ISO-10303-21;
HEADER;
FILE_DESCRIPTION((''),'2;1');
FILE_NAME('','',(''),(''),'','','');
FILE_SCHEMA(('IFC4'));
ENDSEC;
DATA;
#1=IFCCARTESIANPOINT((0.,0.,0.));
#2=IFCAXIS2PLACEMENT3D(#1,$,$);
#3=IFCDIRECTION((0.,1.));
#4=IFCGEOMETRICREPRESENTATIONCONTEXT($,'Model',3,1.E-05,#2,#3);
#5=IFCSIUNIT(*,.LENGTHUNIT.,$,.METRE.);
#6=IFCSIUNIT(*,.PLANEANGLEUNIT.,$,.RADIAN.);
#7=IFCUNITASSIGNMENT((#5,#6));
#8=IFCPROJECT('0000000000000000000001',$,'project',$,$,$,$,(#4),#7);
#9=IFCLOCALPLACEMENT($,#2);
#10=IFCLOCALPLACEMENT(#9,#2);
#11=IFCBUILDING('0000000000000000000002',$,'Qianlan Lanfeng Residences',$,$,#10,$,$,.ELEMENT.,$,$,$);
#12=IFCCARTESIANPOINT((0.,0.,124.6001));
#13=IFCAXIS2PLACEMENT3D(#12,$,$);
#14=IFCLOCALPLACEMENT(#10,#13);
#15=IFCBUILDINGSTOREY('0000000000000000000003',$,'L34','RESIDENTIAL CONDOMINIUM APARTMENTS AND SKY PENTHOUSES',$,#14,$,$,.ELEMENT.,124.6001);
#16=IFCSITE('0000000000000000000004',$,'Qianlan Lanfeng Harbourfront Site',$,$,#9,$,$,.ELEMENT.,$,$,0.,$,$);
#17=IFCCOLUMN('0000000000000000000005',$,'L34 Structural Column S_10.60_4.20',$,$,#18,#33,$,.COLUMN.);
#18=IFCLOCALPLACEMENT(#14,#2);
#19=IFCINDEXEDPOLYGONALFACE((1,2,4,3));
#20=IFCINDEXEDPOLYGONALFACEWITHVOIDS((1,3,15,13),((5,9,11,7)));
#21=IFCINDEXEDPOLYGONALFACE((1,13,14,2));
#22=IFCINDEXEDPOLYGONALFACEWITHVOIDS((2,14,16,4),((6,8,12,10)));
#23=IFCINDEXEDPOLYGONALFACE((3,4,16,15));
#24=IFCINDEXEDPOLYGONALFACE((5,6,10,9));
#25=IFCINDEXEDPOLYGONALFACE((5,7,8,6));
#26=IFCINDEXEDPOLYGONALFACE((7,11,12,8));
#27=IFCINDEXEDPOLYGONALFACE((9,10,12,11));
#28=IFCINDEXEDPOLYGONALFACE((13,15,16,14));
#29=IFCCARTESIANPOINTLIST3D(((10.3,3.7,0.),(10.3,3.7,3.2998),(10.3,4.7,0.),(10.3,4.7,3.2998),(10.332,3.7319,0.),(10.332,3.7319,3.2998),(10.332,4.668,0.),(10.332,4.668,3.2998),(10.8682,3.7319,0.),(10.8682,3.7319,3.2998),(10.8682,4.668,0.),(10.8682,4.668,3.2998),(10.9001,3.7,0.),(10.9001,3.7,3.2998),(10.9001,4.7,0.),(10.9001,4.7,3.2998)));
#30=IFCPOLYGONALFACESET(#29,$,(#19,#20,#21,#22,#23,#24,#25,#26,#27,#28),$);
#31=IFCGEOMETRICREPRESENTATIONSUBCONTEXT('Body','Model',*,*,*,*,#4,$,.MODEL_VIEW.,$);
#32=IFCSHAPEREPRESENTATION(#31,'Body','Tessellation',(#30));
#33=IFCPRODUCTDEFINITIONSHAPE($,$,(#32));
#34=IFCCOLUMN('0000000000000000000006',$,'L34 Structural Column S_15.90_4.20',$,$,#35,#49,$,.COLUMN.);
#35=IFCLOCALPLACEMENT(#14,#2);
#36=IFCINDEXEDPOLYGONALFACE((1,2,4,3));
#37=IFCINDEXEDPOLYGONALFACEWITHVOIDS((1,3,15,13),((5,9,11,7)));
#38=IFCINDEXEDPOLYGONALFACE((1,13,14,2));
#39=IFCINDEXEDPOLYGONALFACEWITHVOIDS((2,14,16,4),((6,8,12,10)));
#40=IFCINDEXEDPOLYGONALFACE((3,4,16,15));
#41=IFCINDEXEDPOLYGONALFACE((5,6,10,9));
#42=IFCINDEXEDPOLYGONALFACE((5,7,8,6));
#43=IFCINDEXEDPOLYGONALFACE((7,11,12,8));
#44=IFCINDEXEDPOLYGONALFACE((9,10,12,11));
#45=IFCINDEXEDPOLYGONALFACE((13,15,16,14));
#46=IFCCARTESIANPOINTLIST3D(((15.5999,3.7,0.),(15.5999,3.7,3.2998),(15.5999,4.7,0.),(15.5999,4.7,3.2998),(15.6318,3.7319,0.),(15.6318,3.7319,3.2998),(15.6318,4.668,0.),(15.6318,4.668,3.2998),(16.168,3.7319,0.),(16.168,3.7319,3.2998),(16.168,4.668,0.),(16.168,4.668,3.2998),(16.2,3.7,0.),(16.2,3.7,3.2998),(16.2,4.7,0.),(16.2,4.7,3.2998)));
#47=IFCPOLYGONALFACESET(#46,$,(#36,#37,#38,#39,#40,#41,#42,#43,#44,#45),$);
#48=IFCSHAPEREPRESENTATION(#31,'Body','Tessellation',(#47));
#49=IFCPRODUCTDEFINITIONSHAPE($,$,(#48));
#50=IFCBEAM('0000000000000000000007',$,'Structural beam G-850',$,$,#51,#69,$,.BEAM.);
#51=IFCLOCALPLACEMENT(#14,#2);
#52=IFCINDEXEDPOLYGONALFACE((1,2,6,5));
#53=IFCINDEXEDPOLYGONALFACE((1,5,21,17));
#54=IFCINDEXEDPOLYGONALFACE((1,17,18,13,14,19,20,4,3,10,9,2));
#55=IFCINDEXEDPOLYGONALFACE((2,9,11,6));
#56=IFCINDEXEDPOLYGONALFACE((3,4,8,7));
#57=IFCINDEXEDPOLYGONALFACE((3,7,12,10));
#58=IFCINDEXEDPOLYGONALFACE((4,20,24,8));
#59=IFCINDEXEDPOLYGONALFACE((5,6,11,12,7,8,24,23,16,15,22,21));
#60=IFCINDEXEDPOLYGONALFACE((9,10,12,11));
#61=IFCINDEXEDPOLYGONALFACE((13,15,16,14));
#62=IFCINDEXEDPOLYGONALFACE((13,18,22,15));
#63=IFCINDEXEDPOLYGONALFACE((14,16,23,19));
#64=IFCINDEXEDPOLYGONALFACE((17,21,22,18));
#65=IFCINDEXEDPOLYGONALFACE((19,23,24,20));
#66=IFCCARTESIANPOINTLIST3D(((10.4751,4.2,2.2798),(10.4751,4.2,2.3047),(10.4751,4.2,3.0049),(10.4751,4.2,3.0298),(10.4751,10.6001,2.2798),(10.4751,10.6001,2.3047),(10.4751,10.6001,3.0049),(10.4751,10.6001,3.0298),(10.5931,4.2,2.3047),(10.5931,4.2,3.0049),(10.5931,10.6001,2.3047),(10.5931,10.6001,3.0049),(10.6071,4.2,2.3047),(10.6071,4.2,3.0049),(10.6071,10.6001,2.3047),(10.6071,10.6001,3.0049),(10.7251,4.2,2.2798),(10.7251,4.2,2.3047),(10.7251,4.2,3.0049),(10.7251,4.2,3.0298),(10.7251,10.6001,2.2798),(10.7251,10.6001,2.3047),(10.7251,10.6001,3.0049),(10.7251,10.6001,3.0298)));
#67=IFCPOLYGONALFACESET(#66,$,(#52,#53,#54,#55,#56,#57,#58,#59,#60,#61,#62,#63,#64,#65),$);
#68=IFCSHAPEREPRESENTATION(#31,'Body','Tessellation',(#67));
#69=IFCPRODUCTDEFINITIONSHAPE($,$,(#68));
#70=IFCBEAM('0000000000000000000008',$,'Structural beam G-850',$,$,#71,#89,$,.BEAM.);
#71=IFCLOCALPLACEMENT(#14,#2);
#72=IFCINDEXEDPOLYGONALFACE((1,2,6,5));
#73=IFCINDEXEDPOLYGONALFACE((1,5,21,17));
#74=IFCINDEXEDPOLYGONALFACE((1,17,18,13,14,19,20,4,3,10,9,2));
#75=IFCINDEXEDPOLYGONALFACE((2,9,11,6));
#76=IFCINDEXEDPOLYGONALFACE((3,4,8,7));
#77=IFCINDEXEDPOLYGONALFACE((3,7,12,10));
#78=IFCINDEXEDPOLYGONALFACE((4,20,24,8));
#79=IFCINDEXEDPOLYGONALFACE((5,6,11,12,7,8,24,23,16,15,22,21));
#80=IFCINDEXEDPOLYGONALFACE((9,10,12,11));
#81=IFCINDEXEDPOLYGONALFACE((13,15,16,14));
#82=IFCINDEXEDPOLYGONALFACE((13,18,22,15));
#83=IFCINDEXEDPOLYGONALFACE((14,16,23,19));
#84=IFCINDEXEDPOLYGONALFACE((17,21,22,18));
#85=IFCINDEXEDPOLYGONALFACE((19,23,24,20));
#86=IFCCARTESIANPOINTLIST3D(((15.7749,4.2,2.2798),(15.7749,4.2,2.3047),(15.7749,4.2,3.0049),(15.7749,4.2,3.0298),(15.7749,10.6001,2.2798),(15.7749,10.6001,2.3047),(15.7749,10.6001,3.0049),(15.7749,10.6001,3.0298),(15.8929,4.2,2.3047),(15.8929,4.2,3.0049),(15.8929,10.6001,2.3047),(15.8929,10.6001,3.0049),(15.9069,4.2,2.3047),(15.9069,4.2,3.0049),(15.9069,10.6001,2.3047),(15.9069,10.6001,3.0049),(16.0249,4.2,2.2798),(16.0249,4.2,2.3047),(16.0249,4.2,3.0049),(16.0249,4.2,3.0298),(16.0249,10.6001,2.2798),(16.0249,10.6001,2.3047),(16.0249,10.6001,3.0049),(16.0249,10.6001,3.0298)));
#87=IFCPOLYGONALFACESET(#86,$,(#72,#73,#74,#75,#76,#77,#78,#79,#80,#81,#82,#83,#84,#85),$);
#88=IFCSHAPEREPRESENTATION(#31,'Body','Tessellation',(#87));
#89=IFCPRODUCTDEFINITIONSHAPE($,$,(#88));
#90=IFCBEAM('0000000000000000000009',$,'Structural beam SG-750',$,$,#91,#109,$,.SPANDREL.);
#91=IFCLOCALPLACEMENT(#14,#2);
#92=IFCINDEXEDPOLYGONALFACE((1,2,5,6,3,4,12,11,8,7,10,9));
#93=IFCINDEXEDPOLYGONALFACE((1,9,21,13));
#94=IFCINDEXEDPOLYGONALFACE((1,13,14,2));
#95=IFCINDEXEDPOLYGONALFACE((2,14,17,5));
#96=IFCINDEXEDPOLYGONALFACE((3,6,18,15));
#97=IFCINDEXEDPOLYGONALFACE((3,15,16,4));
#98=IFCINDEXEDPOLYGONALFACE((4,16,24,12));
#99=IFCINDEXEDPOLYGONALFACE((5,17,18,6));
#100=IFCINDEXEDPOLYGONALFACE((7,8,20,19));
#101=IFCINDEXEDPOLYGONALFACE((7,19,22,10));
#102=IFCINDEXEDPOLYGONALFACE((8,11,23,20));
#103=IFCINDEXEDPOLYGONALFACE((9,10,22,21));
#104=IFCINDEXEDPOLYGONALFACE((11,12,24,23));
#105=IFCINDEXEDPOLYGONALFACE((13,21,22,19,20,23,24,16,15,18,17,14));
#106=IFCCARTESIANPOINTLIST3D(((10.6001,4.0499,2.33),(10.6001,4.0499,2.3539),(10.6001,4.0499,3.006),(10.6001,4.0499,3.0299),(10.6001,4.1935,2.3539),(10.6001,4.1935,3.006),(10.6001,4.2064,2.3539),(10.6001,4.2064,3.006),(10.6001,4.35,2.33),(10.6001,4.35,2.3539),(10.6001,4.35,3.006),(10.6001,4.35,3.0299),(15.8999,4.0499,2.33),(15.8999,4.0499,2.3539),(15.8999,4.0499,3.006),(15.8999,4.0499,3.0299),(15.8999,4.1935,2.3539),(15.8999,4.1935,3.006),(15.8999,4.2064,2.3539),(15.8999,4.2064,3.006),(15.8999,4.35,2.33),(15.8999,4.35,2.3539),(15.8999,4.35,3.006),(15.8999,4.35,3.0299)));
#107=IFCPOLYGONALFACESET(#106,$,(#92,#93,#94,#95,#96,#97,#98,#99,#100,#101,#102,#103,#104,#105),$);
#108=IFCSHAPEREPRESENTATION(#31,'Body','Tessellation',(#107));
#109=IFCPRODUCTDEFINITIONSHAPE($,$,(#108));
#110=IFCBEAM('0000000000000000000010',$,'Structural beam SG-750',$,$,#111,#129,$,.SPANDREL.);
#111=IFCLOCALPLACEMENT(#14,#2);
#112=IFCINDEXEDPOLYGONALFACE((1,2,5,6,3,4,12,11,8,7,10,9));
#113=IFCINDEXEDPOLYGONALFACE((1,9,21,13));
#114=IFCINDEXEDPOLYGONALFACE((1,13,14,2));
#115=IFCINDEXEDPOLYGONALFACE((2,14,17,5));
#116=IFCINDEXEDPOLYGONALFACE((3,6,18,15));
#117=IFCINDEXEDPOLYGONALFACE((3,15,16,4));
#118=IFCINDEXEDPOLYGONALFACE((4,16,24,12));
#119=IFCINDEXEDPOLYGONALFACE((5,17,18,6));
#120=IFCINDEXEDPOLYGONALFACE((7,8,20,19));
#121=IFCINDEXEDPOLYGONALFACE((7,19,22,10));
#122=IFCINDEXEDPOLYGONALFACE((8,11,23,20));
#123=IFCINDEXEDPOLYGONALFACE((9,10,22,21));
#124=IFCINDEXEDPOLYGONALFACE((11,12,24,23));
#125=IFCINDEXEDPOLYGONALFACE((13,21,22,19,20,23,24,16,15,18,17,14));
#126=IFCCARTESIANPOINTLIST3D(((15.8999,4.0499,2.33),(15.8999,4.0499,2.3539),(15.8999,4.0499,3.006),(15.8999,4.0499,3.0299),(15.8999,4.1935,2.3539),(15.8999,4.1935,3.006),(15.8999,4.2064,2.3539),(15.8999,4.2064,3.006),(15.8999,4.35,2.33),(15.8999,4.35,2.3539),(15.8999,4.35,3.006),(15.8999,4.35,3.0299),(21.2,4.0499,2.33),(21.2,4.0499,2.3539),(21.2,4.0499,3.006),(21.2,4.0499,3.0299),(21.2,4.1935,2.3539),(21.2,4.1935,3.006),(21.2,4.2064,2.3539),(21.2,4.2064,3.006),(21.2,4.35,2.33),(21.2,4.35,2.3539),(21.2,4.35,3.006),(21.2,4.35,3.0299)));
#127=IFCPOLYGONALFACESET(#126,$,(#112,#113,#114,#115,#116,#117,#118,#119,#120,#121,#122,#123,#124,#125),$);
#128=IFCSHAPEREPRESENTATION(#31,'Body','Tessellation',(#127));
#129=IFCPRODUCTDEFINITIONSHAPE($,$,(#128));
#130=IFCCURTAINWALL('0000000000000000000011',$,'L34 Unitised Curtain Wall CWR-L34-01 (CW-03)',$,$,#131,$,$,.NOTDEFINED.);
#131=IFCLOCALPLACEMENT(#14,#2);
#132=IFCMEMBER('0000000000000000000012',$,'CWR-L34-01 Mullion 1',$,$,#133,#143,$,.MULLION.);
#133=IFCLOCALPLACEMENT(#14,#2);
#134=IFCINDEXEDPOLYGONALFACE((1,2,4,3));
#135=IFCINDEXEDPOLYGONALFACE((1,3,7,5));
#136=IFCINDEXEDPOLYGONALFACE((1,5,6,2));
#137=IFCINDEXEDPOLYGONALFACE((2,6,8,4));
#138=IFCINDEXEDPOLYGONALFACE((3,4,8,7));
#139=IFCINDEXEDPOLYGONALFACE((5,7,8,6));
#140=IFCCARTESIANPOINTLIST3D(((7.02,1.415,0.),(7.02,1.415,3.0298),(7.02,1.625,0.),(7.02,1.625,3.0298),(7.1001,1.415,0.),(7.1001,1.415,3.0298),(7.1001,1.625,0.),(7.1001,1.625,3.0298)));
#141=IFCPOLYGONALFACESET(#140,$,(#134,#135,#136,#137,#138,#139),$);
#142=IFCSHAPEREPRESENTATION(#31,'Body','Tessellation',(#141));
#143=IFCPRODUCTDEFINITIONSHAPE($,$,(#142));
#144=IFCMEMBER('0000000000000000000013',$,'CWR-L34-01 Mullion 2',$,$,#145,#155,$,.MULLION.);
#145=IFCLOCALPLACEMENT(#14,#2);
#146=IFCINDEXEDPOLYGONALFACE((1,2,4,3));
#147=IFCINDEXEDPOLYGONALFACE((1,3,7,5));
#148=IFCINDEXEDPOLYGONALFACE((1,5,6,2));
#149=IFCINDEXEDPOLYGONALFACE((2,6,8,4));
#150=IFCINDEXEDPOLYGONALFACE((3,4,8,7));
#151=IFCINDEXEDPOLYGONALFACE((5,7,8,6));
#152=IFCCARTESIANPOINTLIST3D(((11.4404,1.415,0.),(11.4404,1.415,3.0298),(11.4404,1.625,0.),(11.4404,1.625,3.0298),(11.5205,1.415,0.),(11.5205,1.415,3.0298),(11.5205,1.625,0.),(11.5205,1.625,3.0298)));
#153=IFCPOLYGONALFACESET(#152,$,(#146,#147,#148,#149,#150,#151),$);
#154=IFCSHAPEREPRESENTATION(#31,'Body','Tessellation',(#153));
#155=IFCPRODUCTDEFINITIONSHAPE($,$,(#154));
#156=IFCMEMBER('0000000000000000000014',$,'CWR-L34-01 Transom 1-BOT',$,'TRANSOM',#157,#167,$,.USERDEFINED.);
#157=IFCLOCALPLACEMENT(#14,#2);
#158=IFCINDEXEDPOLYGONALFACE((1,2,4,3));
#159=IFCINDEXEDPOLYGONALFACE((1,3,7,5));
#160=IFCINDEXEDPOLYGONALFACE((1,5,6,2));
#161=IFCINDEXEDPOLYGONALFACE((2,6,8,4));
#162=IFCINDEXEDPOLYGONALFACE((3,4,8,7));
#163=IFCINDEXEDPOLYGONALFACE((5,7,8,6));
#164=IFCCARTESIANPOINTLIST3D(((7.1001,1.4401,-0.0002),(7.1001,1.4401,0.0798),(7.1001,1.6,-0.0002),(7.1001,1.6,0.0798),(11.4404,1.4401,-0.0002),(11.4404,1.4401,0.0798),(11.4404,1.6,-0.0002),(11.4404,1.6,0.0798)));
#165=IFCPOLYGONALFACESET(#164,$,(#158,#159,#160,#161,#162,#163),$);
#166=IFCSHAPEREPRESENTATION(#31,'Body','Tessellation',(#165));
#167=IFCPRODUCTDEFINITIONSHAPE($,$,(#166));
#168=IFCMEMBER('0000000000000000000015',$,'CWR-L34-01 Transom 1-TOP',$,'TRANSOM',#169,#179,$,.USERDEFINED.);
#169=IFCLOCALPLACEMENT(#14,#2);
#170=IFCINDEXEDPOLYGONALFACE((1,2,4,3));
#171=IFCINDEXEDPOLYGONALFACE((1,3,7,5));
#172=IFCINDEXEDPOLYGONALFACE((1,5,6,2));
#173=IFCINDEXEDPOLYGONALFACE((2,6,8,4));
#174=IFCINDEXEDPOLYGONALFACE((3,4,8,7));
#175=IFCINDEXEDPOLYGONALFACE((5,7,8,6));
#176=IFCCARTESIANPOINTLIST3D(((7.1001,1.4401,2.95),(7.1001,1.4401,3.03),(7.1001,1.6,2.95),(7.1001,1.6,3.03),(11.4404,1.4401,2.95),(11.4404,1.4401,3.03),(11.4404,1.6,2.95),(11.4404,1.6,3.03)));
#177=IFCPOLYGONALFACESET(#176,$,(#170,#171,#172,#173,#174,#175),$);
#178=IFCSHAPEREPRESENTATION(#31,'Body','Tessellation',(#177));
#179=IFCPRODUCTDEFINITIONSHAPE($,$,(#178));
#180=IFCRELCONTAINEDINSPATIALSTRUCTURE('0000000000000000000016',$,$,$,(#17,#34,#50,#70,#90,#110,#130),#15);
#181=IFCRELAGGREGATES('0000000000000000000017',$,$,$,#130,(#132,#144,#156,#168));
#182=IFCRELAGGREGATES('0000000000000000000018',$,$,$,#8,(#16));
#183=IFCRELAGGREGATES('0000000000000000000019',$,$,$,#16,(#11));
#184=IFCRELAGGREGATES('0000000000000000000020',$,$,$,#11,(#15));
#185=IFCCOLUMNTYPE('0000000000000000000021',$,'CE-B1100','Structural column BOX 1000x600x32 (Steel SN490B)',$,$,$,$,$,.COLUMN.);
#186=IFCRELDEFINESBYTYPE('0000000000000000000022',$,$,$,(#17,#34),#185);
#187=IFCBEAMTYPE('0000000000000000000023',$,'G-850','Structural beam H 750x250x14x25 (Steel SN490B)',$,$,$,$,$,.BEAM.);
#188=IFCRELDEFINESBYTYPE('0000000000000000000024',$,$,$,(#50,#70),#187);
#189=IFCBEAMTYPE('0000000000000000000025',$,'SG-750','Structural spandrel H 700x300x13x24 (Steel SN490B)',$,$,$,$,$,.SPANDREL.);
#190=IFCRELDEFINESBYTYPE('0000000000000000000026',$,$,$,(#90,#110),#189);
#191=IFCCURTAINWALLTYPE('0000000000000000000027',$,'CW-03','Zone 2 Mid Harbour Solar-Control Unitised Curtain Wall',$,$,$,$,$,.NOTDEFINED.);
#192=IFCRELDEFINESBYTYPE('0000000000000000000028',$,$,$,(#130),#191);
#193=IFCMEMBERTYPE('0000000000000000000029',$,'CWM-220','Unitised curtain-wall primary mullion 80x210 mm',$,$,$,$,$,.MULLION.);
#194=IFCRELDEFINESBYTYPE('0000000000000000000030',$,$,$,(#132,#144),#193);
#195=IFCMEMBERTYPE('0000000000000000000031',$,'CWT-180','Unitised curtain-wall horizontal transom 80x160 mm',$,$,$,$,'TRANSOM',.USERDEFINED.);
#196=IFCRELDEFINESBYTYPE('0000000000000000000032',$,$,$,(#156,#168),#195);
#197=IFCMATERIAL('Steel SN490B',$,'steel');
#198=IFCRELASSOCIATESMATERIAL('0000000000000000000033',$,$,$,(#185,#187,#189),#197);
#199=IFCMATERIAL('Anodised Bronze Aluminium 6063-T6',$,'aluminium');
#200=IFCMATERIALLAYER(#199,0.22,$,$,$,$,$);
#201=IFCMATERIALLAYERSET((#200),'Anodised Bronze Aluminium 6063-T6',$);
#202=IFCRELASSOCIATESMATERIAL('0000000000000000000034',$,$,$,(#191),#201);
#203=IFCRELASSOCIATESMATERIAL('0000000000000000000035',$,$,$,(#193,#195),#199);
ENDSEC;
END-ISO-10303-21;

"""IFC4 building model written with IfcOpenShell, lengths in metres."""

from ifc_helpers import new_model, si_unit, direction, frame, origin, origin_2d, place, context, subcontext, project, spatial, rectangle, hollow_rectangle, i_section, extrude, source, transform, mapped, material, layer, layer_set, material_profile, profile_set, type_object, element, aggregate, save


model = new_model("IFC4")

# Units and contexts
model_context = context("Model", 3, precision=1e-05, world=origin(), true_north=direction((0.0, 1.0)))
body_context = subcontext(model_context, "Body", "Model", "MODEL_VIEW")
ifc_project = project(units=[si_unit("LENGTHUNIT", "METRE"), si_unit("PLANEANGLEUNIT", "RADIAN")], contexts=[model_context])

# Site, building, storey
site_placement = place(None, origin())
site = spatial("IfcSite", under=ifc_project, at=site_placement, Name="Qianlan Lanfeng Harbourfront Site", CompositionType="ELEMENT", RefElevation=0.0)
building_placement = place(site_placement, origin())
building = spatial("IfcBuilding", under=site, at=building_placement, Name="Qianlan Lanfeng Residences", CompositionType="ELEMENT")
storey_placement = place(building_placement, frame((0.0, 0.0, 124.6001)))
storey = spatial("IfcBuildingStorey", under=building, at=storey_placement, Name="L34", Description="RESIDENTIAL CONDOMINIUM APARTMENTS AND SKY PENTHOUSES", CompositionType="ELEMENT", Elevation=124.6001)

# Columns
ifc_material_1 = material(Name="Steel SN490B", Category="steel")
ifc_material_profile_1 = material_profile(ifc_material_1, hollow_rectangle(XDim=0.6001, YDim=1.0, WallThickness=0.032, at=origin_2d()), Name="BOX 1000x600x32")
ifc_profile_set_1 = profile_set([ifc_material_profile_1], Name="Steel SN490B")
column_type = type_object("IfcColumnType", Name="CE-B1100", Description="Structural column BOX 1000x600x32 (Steel SN490B)", PredefinedType="COLUMN", material=ifc_profile_set_1)
for number, where, z_axis, x_axis, name in (
    (1, (10.6001, 4.2, 0.0), (0.0, 0.0, 1.0), (1.0, 0.0, 0.0), "L34 Structural Column S_10.60_4.20"),
    (2, (15.8999, 4.2, 0.0), (0.0, 0.0, 1.0), (1.0, 0.0, 0.0), "L34 Structural Column S_15.90_4.20"),
):
    element("IfcColumn", number, at=place(storey_placement, frame(where, z_axis=z_axis, x_axis=x_axis)), inside=storey, type_object=column_type, Name=name, PredefinedType="COLUMN", context=body_context, shape_type="SweptSolid", body=[
        extrude(hollow_rectangle(XDim=0.6001, YDim=1.0, WallThickness=0.032, at=origin_2d()), origin(), (0.0, 0.0, 1.0), 3.2998),
    ])

# Beams
ifc_material_profile_2 = material_profile(ifc_material_1, i_section(OverallWidth=0.25, OverallDepth=0.75, WebThickness=0.0139, FlangeThickness=0.0249, at=origin_2d()), Name="H 750x250x14x25")
ifc_profile_set_2 = profile_set([ifc_material_profile_2], Name="Steel SN490B")
beam_type_1 = type_object("IfcBeamType", Name="G-850", Description="Structural beam H 750x250x14x25 (Steel SN490B)", PredefinedType="BEAM", material=ifc_profile_set_2)
for number, where, z_axis, x_axis, name in (
    (3, (10.6001, 4.2, 2.6548), (0.0, 1.0, 0.0), (-1.0, 0.0, 0.0), "Structural beam G-850"),
    (4, (15.8999, 4.2, 2.6548), (0.0, 1.0, 0.0), (-1.0, 0.0, 0.0), "Structural beam G-850"),
):
    element("IfcBeam", number, at=place(storey_placement, frame(where, z_axis=z_axis, x_axis=x_axis)), inside=storey, type_object=beam_type_1, Name=name, PredefinedType="BEAM", context=body_context, shape_type="SweptSolid", body=[
        extrude(i_section(OverallWidth=0.25, OverallDepth=0.75, WebThickness=0.0139, FlangeThickness=0.0249, at=origin_2d()), origin(), (0.0, 0.0, 1.0), 6.4001),
    ])
ifc_material_profile_3 = material_profile(ifc_material_1, i_section(OverallWidth=0.3, OverallDepth=0.7, WebThickness=0.0129, FlangeThickness=0.0239, at=origin_2d()), Name="H 700x300x13x24")
ifc_profile_set_3 = profile_set([ifc_material_profile_3], Name="Steel SN490B")
beam_type_2 = type_object("IfcBeamType", Name="SG-750", Description="Structural spandrel H 700x300x13x24 (Steel SN490B)", PredefinedType="SPANDREL", material=ifc_profile_set_3)
beam_1_placement = place(storey_placement, frame((10.6001, 4.2, 2.6799), z_axis=(1.0, 0.0, 0.0), x_axis=(0.0, 1.0, 0.0)))
element("IfcBeam", 5, at=beam_1_placement, inside=storey, type_object=beam_type_2, Name="Structural beam SG-750", PredefinedType="SPANDREL", context=body_context, shape_type="SweptSolid", body=[
    extrude(i_section(OverallWidth=0.3, OverallDepth=0.7, WebThickness=0.0129, FlangeThickness=0.0239, at=origin_2d()), origin(), (0.0, 0.0, 1.0), 5.2998),
])
beam_2_placement = place(storey_placement, frame((15.8999, 4.2, 2.6799), z_axis=(1.0, 0.0, 0.0), x_axis=(0.0, 1.0, 0.0)))
element("IfcBeam", 6, at=beam_2_placement, inside=storey, type_object=beam_type_2, Name="Structural beam SG-750", PredefinedType="SPANDREL", context=body_context, shape_type="SweptSolid", body=[
    extrude(i_section(OverallWidth=0.3, OverallDepth=0.7, WebThickness=0.0129, FlangeThickness=0.0239, at=origin_2d()), origin(), (0.0, 0.0, 1.0), 5.3),
])

# Curtain wall, members
ifc_material_2 = material(Name="Anodised Bronze Aluminium 6063-T6", Category="aluminium")
ifc_layer_1 = layer(ifc_material_2, 0.22)
ifc_layer_set_1 = layer_set([ifc_layer_1], Name="Anodised Bronze Aluminium 6063-T6")
curtain_wall_type = type_object("IfcCurtainWallType", Name="CW-03", Description="Zone 2 Mid Harbour Solar-Control Unitised Curtain Wall", PredefinedType="NOTDEFINED", material=ifc_layer_set_1)
curtain_wall_placement = place(storey_placement, origin())
curtain_wall = element("IfcCurtainWall", 7, at=curtain_wall_placement, inside=storey, type_object=curtain_wall_type, Name="L34 Unitised Curtain Wall CWR-L34-01 (CW-03)", PredefinedType="NOTDEFINED")
ifc_material_profile_4 = material_profile(ifc_material_2, rectangle(XDim=0.0801, YDim=0.21, at=origin_2d()), Name="ALU MULLION 80x210")
ifc_profile_set_4 = profile_set([ifc_material_profile_4], Name="Anodised Bronze Aluminium 6063-T6")
member_type_1 = type_object("IfcMemberType", Name="CWM-220", Description="Unitised curtain-wall primary mullion 80x210 mm", PredefinedType="MULLION", material=ifc_profile_set_4)
shared_shape_1 = source(origin(), body_context, "Body", "SweptSolid", [
    extrude(rectangle(XDim=0.0801, YDim=0.21, at=origin_2d()), origin(), (0.0, 0.0, 1.0), 3.0298),
])
member_1_placement = place(storey_placement, frame((7.0601, 1.52, 0.0), z_axis=(0.0, 0.0, 1.0), x_axis=(1.0, 0.0, 0.0)))
member_1 = element("IfcMember", 8, at=member_1_placement, type_object=member_type_1, Name="CWR-L34-01 Mullion 1", PredefinedType="MULLION", context=body_context, shape_type="MappedRepresentation", body=[
    mapped(shared_shape_1, transform((0.0, 0.0, 0.0), scale=1.0)),
])
member_2_placement = place(storey_placement, frame((11.4805, 1.52, 0.0), z_axis=(0.0, 0.0, 1.0), x_axis=(1.0, 0.0, 0.0)))
member_2 = element("IfcMember", 9, at=member_2_placement, type_object=member_type_1, Name="CWR-L34-01 Mullion 2", PredefinedType="MULLION", context=body_context, shape_type="MappedRepresentation", body=[
    mapped(shared_shape_1, transform((0.0, 0.0, 0.0), scale=1.0)),
])
ifc_material_profile_5 = material_profile(ifc_material_2, rectangle(XDim=0.0801, YDim=0.1599, at=origin_2d()), Name="ALU TRANSOM 80x160")
ifc_profile_set_5 = profile_set([ifc_material_profile_5], Name="Anodised Bronze Aluminium 6063-T6")
member_type_2 = type_object("IfcMemberType", Name="CWT-180", Description="Unitised curtain-wall horizontal transom 80x160 mm", ElementType="TRANSOM", PredefinedType="USERDEFINED", material=ifc_profile_set_5)
shared_shape_2 = source(origin(), body_context, "Body", "SweptSolid", [
    extrude(rectangle(XDim=0.0801, YDim=0.1599, at=origin_2d()), origin(), (0.0, 0.0, 1.0), 4.3403),
])
member_3_placement = place(storey_placement, frame((7.1001, 1.52, 0.0398), z_axis=(1.0, 0.0, 0.0), x_axis=(0.0, 0.0, 1.0)))
member_3 = element("IfcMember", 10, at=member_3_placement, type_object=member_type_2, Name="CWR-L34-01 Transom 1-BOT", ObjectType="TRANSOM", PredefinedType="USERDEFINED", context=body_context, shape_type="MappedRepresentation", body=[
    mapped(shared_shape_2, transform((0.0, 0.0, 0.0), scale=1.0)),
])
member_4_placement = place(storey_placement, frame((7.1001, 1.52, 2.99), z_axis=(1.0, 0.0, 0.0), x_axis=(0.0, 0.0, 1.0)))
member_4 = element("IfcMember", 11, at=member_4_placement, type_object=member_type_2, Name="CWR-L34-01 Transom 1-TOP", ObjectType="TRANSOM", PredefinedType="USERDEFINED", context=body_context, shape_type="MappedRepresentation", body=[
    mapped(shared_shape_2, transform((0.0, 0.0, 0.0), scale=1.0)),
])
aggregate(curtain_wall, [member_1, member_2, member_3, member_4])

save(model, "model.ifc")
